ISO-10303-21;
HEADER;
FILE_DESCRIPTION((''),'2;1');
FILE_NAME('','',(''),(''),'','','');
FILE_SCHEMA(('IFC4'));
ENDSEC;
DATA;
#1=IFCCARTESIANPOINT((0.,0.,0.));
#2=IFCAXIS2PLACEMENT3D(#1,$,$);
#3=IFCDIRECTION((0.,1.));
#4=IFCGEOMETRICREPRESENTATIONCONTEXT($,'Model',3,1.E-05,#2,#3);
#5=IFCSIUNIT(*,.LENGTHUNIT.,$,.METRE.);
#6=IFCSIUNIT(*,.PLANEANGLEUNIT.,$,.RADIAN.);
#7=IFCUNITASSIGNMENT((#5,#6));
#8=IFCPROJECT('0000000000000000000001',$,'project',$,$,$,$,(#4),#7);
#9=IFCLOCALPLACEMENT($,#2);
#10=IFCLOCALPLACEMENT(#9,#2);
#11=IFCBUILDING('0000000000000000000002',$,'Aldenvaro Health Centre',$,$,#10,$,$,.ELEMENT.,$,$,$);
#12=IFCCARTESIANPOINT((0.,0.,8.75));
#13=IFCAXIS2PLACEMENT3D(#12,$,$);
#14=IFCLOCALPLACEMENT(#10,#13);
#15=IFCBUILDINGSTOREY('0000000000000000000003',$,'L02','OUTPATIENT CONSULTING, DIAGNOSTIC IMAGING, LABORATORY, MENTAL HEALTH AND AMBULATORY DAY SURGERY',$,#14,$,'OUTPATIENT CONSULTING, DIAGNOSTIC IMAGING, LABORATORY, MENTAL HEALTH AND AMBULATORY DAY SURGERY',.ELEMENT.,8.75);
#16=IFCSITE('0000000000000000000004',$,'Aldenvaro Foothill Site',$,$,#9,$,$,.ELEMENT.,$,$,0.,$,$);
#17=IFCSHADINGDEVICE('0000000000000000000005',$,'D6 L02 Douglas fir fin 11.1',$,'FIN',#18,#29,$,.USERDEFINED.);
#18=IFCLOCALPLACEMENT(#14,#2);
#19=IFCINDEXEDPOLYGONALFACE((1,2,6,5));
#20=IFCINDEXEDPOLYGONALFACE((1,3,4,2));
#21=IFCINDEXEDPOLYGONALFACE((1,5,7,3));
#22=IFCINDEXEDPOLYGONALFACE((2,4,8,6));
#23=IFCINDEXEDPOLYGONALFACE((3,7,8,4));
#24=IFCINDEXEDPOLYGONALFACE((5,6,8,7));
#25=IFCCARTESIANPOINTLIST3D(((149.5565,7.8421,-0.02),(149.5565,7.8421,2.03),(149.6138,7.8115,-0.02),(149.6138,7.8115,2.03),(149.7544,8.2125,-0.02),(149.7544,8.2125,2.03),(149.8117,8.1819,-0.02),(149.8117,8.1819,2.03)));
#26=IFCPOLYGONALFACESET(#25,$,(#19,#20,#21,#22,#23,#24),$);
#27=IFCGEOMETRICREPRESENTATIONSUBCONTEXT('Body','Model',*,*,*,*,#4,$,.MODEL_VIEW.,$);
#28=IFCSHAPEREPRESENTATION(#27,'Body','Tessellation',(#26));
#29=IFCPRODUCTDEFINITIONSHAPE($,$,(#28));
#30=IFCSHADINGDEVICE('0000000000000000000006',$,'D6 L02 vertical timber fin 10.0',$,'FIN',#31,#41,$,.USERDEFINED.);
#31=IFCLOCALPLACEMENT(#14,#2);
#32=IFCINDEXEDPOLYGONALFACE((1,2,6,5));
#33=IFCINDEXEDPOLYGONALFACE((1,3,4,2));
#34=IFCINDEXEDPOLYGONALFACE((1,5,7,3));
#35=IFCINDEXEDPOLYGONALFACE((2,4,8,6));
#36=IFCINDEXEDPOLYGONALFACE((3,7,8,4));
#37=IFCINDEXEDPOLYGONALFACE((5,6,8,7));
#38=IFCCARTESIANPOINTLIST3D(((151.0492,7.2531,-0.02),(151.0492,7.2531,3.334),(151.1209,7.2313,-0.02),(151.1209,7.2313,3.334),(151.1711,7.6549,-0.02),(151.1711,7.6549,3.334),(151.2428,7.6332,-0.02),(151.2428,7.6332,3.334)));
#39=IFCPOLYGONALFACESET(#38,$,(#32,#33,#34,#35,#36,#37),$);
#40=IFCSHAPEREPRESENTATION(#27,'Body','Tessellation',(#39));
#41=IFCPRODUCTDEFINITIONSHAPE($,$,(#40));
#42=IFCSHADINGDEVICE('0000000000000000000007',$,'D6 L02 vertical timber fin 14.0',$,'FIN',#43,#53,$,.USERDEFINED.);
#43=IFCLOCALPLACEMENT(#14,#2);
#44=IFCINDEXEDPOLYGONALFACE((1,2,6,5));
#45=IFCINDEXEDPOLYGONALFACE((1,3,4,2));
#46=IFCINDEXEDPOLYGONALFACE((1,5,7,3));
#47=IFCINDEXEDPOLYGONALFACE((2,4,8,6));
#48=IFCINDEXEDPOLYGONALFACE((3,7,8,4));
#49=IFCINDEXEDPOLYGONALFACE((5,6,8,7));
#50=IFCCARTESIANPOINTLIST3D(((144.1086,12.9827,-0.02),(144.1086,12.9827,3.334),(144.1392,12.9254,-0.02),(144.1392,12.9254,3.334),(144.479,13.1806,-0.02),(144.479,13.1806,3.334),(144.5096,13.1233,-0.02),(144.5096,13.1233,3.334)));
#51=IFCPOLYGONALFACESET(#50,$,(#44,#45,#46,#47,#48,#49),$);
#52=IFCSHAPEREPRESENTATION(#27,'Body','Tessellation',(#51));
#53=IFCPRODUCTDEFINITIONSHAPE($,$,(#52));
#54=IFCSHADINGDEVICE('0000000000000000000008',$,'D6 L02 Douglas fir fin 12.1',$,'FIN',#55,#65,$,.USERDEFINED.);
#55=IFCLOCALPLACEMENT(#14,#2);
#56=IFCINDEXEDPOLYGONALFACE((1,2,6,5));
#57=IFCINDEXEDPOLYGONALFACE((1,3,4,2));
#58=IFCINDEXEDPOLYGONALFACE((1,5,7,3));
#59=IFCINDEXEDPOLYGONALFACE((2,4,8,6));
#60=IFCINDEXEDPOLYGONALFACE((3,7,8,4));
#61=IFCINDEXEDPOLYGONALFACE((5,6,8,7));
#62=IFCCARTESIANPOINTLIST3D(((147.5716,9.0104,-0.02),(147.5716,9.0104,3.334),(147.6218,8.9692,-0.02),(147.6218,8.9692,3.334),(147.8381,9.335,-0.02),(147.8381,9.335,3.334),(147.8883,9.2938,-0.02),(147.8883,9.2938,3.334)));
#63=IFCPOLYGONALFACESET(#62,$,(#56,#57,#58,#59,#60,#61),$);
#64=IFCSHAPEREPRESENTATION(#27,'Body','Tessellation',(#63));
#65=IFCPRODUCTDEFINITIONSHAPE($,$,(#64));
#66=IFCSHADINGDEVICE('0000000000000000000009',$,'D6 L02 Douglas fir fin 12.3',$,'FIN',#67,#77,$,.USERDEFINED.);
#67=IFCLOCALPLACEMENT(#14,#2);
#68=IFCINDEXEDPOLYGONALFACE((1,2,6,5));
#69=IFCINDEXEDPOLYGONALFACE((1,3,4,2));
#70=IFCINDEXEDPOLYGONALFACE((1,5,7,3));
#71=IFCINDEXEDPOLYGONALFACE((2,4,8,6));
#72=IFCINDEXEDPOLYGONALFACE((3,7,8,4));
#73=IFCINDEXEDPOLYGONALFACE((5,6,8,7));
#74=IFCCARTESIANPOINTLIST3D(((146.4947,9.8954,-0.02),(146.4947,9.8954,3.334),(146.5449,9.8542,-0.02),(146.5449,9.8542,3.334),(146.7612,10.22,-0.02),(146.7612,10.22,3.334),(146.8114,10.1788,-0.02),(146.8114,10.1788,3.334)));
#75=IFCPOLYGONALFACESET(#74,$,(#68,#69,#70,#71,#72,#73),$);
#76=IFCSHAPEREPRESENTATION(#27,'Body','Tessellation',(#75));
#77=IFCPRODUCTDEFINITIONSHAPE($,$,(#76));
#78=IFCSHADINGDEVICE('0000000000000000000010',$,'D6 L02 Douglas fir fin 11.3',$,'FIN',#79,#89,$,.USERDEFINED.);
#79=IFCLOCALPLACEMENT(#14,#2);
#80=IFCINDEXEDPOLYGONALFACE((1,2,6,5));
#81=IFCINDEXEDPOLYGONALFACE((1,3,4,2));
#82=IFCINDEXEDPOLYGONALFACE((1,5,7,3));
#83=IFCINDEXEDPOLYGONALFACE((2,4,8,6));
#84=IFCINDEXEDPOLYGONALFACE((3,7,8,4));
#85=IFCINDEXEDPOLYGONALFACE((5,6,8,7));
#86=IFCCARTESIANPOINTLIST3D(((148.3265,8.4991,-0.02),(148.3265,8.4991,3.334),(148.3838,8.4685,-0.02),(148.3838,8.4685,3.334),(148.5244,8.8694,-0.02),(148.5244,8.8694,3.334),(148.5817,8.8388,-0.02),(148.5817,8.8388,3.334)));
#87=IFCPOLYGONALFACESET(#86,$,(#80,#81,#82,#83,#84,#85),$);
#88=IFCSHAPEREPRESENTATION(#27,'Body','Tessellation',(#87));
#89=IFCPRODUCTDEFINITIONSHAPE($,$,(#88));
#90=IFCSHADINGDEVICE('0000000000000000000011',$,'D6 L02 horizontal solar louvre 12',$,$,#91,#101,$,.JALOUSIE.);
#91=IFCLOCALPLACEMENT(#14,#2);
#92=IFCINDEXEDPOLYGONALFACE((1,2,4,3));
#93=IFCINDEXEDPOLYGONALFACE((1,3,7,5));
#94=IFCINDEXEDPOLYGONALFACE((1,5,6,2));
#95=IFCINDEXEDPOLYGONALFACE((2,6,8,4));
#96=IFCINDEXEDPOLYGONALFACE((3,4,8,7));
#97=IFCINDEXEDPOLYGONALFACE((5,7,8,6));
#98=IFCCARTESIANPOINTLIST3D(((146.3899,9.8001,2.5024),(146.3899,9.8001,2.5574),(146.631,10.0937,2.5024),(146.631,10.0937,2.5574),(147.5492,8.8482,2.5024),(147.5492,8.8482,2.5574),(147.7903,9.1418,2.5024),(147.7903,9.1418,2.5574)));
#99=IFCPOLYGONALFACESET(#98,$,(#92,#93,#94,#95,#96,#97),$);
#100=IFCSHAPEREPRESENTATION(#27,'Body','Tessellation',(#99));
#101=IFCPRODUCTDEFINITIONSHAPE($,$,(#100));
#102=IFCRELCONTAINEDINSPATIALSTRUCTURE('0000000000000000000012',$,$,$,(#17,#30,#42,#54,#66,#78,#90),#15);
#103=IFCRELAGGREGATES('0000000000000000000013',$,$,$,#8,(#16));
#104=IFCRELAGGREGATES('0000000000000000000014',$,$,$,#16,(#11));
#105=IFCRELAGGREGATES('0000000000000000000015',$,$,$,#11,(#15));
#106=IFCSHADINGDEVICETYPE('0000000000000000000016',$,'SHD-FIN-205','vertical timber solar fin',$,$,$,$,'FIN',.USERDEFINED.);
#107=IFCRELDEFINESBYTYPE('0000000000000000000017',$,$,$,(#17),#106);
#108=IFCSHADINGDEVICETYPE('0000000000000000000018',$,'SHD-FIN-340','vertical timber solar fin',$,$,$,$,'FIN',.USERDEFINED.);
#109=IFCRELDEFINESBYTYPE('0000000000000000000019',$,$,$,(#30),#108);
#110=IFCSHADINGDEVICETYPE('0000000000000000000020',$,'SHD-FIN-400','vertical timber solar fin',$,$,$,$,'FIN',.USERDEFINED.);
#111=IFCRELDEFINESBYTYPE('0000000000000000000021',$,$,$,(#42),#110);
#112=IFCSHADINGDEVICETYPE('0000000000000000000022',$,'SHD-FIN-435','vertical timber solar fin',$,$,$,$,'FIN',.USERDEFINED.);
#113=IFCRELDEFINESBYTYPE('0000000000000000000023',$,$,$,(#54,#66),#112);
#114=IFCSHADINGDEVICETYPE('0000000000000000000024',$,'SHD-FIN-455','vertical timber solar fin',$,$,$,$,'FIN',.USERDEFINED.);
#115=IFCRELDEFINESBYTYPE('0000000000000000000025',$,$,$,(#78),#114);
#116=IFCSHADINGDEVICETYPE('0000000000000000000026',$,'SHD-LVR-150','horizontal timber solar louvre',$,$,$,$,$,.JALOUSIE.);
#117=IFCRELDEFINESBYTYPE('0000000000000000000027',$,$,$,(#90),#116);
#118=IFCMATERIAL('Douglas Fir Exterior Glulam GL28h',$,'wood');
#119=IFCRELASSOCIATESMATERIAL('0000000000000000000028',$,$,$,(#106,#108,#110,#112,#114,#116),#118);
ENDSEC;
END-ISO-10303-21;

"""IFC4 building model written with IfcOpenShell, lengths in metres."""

from ifc_helpers import new_model, si_unit, direction, frame, origin, origin_2d, place, context, subcontext, project, spatial, rectangle, extrude, material, type_object, element, save


model = new_model("IFC4")

# Units and contexts
model_context = context("Model", 3, precision=1e-05, world=origin(), true_north=direction((0.0, 1.0)))
body_context = subcontext(model_context, "Body", "Model", "MODEL_VIEW")
ifc_project = project(units=[si_unit("LENGTHUNIT", "METRE"), si_unit("PLANEANGLEUNIT", "RADIAN")], contexts=[model_context])

# Site, building, storey
site_placement = place(None, origin())
site = spatial("IfcSite", under=ifc_project, at=site_placement, Name="Aldenvaro Foothill Site", CompositionType="ELEMENT", RefElevation=0.0)
building_placement = place(site_placement, origin())
building = spatial("IfcBuilding", under=site, at=building_placement, Name="Aldenvaro Health Centre", CompositionType="ELEMENT")
storey_placement = place(building_placement, frame((0.0, 0.0, 8.75)))
storey = spatial("IfcBuildingStorey", under=building, at=storey_placement, Name="L02", Description="OUTPATIENT CONSULTING, DIAGNOSTIC IMAGING, LABORATORY, MENTAL HEALTH AND AMBULATORY DAY SURGERY", LongName="OUTPATIENT CONSULTING, DIAGNOSTIC IMAGING, LABORATORY, MENTAL HEALTH AND AMBULATORY DAY SURGERY", CompositionType="ELEMENT", Elevation=8.75)

# Shading devices
ifc_material_1 = material(Name="Douglas Fir Exterior Glulam GL28h", Category="wood")
shading_device_type_1 = type_object("IfcShadingDeviceType", Name="SHD-FIN-205", Description="vertical timber solar fin", ElementType="FIN", PredefinedType="USERDEFINED", material=ifc_material_1)
shading_device_1_placement = place(storey_placement, frame((149.6841, 8.012, -0.02), z_axis=(0.0, 0.0, 1.0), x_axis=(-0.882018, 0.471215, 0.0)))
element("IfcShadingDevice", 1, at=shading_device_1_placement, inside=storey, type_object=shading_device_type_1, Name="D6 L02 Douglas fir fin 11.1", ObjectType="FIN", PredefinedType="USERDEFINED", context=body_context, shape_type="SweptSolid", body=[
    extrude(rectangle(XDim=0.0649, YDim=0.4199, at=origin_2d()), origin(), (0.0, 0.0, 1.0), 2.05),
])
shading_device_type_2 = type_object("IfcShadingDeviceType", Name="SHD-FIN-340", Description="vertical timber solar fin", ElementType="FIN", PredefinedType="USERDEFINED", material=ifc_material_1)
shading_device_2_placement = place(storey_placement, frame((151.146, 7.4431, -0.02), z_axis=(0.0, 0.0, 1.0), x_axis=(-0.956923, 0.290343, 0.0)))
element("IfcShadingDevice", 2, at=shading_device_2_placement, inside=storey, type_object=shading_device_type_2, Name="D6 L02 vertical timber fin 10.0", ObjectType="FIN", PredefinedType="USERDEFINED", context=body_context, shape_type="SweptSolid", body=[
    extrude(rectangle(XDim=0.075, YDim=0.4199, at=origin_2d()), origin(), (0.0, 0.0, 1.0), 3.354),
])
shading_device_type_3 = type_object("IfcShadingDeviceType", Name="SHD-FIN-400", Description="vertical timber solar fin", ElementType="FIN", PredefinedType="USERDEFINED", material=ifc_material_1)
shading_device_3_placement = place(storey_placement, frame((144.3091, 13.053, -0.02), z_axis=(0.0, 0.0, 1.0), x_axis=(-0.471215, 0.882018, 0.0)))
element("IfcShadingDevice", 3, at=shading_device_3_placement, inside=storey, type_object=shading_device_type_3, Name="D6 L02 vertical timber fin 14.0", ObjectType="FIN", PredefinedType="USERDEFINED", context=body_context, shape_type="SweptSolid", body=[
    extrude(rectangle(XDim=0.0649, YDim=0.4199, at=origin_2d()), origin(), (0.0, 0.0, 1.0), 3.354),
])
shading_device_type_4 = type_object("IfcShadingDeviceType", Name="SHD-FIN-435", Description="vertical timber solar fin", ElementType="FIN", PredefinedType="USERDEFINED", material=ifc_material_1)
for number, where, z_axis, x_axis, name in (
    (4, (147.73, 9.1521, -0.02), (0.0, 0.0, 1.0), (-0.77286, 0.634577, 0.0), "D6 L02 Douglas fir fin 12.1"),
    (5, (146.6531, 10.0371, -0.02), (0.0, 0.0, 1.0), (-0.77286, 0.634577, 0.0), "D6 L02 Douglas fir fin 12.3"),
):
    element("IfcShadingDevice", number, at=place(storey_placement, frame(where, z_axis=z_axis, x_axis=x_axis)), inside=storey, type_object=shading_device_type_4, Name=name, ObjectType="FIN", PredefinedType="USERDEFINED", context=body_context, shape_type="SweptSolid", body=[
        extrude(rectangle(XDim=0.0649, YDim=0.4199, at=origin_2d()), origin(), (0.0, 0.0, 1.0), 3.354),
    ])
shading_device_type_5 = type_object("IfcShadingDeviceType", Name="SHD-FIN-455", Description="vertical timber solar fin", ElementType="FIN", PredefinedType="USERDEFINED", material=ifc_material_1)
shading_device_4_placement = place(storey_placement, frame((148.4541, 8.6689, -0.02), z_axis=(0.0, 0.0, 1.0), x_axis=(-0.882018, 0.471215, 0.0)))
element("IfcShadingDevice", 6, at=shading_device_4_placement, inside=storey, type_object=shading_device_type_5, Name="D6 L02 Douglas fir fin 11.3", ObjectType="FIN", PredefinedType="USERDEFINED", context=body_context, shape_type="SweptSolid", body=[
    extrude(rectangle(XDim=0.0649, YDim=0.4199, at=origin_2d()), origin(), (0.0, 0.0, 1.0), 3.354),
])
shading_device_type_6 = type_object("IfcShadingDeviceType", Name="SHD-LVR-150", Description="horizontal timber solar louvre", PredefinedType="JALOUSIE", material=ifc_material_1)
shading_device_5_placement = place(storey_placement, frame((147.0901, 9.4709, 2.5024), z_axis=(0.0, 0.0, 1.0), x_axis=(-0.77286, 0.634577, 0.0)))
element("IfcShadingDevice", 7, at=shading_device_5_placement, inside=storey, type_object=shading_device_type_6, Name="D6 L02 horizontal solar louvre 12", PredefinedType="JALOUSIE", context=body_context, shape_type="SweptSolid", body=[
    extrude(rectangle(XDim=1.5, YDim=0.3799, at=origin_2d()), origin(), (0.0, 0.0, 1.0), 0.0549),
])

save(model, "model.ifc")
